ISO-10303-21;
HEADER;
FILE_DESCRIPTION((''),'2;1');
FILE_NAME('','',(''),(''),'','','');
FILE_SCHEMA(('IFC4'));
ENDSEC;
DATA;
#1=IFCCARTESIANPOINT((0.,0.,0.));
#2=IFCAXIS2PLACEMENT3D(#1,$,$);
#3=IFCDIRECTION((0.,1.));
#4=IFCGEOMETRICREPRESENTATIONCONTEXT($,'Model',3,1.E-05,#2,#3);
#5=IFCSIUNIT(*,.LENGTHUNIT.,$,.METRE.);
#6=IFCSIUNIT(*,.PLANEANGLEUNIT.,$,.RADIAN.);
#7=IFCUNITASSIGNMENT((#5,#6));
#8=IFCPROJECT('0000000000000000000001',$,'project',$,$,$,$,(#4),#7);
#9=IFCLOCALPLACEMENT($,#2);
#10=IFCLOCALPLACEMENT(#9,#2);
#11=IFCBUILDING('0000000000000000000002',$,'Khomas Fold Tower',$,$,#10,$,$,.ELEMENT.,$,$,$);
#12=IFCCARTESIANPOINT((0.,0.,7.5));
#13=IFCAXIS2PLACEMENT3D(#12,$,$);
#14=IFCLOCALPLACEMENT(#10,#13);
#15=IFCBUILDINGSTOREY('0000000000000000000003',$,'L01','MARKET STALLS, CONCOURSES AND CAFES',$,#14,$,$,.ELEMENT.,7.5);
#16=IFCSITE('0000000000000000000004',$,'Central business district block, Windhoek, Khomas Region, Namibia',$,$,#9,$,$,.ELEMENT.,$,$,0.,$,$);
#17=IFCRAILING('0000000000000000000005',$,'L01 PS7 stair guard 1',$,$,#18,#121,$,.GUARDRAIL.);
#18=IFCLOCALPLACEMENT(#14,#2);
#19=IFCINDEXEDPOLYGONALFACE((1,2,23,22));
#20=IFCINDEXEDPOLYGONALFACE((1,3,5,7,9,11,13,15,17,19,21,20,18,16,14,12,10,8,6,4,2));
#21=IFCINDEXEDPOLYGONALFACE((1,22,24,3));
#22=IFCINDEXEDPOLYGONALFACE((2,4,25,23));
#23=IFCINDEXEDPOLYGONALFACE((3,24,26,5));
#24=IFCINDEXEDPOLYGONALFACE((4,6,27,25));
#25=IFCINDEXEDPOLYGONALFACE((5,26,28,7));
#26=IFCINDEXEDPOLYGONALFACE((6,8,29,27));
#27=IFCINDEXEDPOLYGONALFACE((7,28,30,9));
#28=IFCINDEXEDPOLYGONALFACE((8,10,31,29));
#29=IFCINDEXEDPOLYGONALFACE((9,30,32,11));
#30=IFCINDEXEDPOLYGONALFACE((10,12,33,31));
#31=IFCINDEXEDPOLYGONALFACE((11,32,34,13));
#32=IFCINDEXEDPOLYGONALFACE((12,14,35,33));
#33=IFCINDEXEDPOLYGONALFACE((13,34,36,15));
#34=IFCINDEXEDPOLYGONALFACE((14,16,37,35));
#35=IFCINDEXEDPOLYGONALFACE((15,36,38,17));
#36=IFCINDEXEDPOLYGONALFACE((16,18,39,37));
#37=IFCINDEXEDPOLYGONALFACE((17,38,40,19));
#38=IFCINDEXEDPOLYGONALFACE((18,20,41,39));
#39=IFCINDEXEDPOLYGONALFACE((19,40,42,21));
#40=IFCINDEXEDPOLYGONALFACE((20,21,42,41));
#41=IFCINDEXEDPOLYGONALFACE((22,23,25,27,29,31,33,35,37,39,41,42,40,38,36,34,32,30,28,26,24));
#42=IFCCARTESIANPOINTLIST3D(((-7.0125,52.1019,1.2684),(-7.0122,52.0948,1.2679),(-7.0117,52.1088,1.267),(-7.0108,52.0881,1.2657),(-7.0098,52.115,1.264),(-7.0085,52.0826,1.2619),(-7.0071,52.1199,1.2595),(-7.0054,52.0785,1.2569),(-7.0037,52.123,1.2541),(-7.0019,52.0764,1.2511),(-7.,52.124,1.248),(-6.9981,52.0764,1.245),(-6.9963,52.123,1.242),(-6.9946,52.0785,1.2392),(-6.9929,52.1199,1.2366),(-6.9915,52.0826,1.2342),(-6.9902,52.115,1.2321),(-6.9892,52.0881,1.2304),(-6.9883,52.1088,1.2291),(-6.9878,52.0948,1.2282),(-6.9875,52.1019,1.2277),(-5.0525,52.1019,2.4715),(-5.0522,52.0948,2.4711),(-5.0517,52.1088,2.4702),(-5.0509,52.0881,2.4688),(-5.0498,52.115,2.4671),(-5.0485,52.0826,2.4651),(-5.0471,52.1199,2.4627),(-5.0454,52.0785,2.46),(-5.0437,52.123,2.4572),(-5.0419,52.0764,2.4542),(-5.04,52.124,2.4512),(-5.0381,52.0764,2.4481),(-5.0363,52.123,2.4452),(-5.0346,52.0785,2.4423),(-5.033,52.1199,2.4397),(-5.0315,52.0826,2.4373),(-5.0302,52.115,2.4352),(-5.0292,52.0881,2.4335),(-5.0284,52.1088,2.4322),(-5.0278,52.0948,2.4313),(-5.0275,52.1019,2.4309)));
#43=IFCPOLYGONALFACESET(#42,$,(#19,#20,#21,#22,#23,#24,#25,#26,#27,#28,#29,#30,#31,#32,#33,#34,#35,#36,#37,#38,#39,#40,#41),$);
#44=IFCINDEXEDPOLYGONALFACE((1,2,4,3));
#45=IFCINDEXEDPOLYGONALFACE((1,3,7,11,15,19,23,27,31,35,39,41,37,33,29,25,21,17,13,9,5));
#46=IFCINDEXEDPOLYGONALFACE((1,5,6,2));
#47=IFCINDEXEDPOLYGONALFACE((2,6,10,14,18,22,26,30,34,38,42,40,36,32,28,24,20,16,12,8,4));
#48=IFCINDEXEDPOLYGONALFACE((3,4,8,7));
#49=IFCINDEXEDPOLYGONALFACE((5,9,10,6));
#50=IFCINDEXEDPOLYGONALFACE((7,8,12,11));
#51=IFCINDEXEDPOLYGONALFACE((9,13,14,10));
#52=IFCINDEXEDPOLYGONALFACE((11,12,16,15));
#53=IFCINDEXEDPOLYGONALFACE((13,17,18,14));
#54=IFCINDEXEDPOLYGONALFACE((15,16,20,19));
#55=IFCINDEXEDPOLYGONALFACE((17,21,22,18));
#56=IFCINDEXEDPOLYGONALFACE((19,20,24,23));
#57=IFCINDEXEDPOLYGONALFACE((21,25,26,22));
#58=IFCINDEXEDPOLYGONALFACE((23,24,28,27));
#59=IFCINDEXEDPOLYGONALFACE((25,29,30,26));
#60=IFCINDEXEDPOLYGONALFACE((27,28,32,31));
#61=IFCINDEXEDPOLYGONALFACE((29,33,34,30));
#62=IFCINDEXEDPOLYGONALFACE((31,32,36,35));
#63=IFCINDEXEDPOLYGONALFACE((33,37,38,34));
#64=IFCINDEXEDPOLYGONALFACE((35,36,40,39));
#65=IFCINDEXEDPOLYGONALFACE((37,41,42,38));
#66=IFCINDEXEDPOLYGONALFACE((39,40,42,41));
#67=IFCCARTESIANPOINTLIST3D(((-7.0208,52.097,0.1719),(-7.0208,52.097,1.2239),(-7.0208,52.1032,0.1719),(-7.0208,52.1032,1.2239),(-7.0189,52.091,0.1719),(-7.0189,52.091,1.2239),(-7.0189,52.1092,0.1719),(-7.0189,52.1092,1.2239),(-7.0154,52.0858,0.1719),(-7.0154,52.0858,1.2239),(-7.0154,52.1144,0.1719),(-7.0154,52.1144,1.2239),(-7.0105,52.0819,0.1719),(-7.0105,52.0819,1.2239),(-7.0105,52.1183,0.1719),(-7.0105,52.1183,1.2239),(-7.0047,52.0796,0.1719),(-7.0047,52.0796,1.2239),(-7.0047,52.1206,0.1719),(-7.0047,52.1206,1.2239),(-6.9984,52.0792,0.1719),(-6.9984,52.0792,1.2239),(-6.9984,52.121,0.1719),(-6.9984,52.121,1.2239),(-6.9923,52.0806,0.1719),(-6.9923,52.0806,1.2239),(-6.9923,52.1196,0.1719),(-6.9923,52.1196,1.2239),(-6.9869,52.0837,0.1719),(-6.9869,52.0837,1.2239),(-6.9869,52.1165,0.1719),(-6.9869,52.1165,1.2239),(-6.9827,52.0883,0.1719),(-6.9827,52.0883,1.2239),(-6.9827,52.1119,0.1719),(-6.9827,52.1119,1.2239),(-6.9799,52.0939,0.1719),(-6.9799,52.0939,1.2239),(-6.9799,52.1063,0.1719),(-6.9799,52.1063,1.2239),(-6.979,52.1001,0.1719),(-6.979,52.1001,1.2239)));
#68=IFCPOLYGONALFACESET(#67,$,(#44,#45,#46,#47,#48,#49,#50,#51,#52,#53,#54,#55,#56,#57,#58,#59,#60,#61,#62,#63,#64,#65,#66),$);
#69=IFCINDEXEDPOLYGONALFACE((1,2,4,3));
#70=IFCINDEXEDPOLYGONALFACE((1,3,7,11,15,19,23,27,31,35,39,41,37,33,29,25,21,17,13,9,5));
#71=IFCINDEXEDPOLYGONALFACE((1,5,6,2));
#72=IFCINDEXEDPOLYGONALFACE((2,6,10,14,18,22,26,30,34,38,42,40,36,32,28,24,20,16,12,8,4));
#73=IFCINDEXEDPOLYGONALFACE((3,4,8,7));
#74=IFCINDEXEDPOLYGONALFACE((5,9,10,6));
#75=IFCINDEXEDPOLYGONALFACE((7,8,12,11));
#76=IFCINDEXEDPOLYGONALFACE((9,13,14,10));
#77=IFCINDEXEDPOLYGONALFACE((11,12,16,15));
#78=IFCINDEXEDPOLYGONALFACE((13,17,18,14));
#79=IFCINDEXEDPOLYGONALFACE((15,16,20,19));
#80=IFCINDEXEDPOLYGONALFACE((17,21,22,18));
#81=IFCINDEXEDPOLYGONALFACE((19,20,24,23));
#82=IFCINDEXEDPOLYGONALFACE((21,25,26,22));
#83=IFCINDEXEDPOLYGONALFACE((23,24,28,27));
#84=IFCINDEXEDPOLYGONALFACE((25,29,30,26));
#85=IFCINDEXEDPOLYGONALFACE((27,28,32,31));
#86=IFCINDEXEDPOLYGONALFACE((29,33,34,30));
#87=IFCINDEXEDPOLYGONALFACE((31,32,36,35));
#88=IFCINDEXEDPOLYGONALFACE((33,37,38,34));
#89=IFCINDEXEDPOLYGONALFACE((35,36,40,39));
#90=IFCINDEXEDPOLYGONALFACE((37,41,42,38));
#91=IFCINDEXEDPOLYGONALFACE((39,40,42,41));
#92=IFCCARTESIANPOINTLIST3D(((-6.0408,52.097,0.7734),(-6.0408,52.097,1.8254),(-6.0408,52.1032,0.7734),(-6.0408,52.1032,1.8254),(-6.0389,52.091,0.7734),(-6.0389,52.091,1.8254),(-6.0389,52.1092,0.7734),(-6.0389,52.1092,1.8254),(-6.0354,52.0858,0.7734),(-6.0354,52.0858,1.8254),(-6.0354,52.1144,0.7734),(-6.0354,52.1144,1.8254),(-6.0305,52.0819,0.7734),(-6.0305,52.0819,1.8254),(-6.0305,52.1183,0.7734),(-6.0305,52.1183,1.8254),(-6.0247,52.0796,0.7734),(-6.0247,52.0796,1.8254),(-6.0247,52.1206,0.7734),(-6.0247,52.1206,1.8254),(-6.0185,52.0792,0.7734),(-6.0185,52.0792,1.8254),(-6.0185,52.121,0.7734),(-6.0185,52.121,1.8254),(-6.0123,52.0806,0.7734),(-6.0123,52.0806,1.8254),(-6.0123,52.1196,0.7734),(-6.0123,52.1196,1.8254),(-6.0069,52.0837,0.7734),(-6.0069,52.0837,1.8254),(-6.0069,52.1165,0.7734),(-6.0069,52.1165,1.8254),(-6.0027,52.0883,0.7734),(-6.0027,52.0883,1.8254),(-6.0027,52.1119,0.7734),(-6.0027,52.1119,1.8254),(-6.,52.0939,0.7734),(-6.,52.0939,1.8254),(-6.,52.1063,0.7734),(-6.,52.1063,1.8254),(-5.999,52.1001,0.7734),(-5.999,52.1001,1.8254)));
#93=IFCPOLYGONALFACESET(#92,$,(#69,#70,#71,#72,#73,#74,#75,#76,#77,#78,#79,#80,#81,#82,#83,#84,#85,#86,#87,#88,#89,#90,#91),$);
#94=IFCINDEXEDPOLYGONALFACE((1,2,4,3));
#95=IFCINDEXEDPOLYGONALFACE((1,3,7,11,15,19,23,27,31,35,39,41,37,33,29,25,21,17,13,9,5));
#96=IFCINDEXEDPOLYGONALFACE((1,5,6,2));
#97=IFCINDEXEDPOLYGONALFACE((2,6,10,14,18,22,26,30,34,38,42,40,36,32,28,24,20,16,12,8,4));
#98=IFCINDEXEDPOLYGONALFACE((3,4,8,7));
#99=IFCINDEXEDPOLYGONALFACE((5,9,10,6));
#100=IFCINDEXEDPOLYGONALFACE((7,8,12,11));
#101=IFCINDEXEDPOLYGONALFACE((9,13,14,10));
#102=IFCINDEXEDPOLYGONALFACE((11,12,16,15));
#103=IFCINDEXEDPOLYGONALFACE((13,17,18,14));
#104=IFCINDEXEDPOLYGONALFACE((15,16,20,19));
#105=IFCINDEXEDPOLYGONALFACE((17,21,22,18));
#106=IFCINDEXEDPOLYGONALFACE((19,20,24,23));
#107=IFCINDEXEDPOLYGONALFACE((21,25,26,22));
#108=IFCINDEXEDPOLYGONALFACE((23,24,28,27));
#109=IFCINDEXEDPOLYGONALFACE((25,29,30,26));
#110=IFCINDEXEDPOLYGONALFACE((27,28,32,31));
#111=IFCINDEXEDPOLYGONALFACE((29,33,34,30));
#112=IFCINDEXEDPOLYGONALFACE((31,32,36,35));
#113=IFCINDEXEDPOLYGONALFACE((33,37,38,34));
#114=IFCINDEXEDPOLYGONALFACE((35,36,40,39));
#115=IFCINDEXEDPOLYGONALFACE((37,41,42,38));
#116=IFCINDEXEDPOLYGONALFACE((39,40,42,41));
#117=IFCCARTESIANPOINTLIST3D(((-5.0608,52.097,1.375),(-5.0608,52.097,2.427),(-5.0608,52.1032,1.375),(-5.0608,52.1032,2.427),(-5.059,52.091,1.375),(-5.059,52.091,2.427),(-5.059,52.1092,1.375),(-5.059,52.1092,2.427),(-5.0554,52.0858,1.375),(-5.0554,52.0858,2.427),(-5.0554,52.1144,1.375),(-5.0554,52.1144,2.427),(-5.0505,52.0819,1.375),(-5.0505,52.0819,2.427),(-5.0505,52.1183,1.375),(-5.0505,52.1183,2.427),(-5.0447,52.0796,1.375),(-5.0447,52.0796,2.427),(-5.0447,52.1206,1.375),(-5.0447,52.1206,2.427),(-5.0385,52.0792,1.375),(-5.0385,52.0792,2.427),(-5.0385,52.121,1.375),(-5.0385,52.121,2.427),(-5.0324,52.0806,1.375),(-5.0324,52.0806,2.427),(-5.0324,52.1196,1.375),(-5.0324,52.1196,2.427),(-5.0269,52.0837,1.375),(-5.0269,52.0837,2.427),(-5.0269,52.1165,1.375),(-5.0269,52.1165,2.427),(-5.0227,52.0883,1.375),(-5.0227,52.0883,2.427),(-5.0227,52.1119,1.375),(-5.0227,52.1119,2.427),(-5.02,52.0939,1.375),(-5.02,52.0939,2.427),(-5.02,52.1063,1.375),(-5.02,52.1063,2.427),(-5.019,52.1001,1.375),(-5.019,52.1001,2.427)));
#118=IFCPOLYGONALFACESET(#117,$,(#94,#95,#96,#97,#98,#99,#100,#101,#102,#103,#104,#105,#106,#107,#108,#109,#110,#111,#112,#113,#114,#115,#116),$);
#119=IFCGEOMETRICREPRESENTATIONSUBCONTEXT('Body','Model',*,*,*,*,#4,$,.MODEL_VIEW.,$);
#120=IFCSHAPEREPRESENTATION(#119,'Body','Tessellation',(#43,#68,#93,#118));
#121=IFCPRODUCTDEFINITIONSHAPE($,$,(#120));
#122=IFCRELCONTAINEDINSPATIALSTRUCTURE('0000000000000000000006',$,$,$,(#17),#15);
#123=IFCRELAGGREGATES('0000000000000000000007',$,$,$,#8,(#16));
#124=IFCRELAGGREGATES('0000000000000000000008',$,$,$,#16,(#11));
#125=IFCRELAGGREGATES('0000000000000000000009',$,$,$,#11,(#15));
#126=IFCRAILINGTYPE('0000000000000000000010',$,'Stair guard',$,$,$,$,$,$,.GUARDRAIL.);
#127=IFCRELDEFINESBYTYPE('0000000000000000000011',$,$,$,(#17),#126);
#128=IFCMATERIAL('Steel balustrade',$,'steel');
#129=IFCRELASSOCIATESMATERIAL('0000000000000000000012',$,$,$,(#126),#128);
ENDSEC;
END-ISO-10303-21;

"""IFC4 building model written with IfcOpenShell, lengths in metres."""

from ifc_helpers import new_model, si_unit, direction, frame, origin, origin_2d, place, context, subcontext, project, spatial, circle, extrude, source, transform, mapped, material, type_object, element, save


model = new_model("IFC4")

# Units and contexts
model_context = context("Model", 3, precision=1e-05, world=origin(), true_north=direction((0.0, 1.0)))
body_context = subcontext(model_context, "Body", "Model", "MODEL_VIEW")
ifc_project = project(units=[si_unit("LENGTHUNIT", "METRE"), si_unit("PLANEANGLEUNIT", "RADIAN")], contexts=[model_context])

# Site, building, storey
site_placement = place(None, origin())
site = spatial("IfcSite", under=ifc_project, at=site_placement, Name="Central business district block, Windhoek, Khomas Region, Namibia", CompositionType="ELEMENT", RefElevation=0.0)
building_placement = place(site_placement, origin())
building = spatial("IfcBuilding", under=site, at=building_placement, Name="Khomas Fold Tower", CompositionType="ELEMENT")
storey_placement = place(building_placement, frame((0.0, 0.0, 7.5)))
storey = spatial("IfcBuildingStorey", under=building, at=storey_placement, Name="L01", Description="MARKET STALLS, CONCOURSES AND CAFES", CompositionType="ELEMENT", Elevation=7.5)

# Railing
ifc_material_1 = material(Name="Steel balustrade", Category="steel")
railing_type_1 = type_object("IfcRailingType", Name="Stair guard", PredefinedType="GUARDRAIL", material=ifc_material_1)
shared_shape_1 = source(origin(), body_context, "Body", "SweptSolid", [
    extrude(circle(Radius=0.0239, at=origin_2d()), frame((0.0, 0.0, 1.0762), z_axis=(0.852241, 0.0, 0.523149), x_axis=(0.0, 1.0, 0.0)), (0.0, 0.0, 1.0), 2.2998),
    extrude(circle(Radius=0.021, at=origin_2d()), origin(), (0.0, 0.0, 1.0), 1.052),
    extrude(circle(Radius=0.021, at=origin_2d()), frame((0.98, 0.0, 0.6016)), (0.0, 0.0, 1.0), 1.052),
    extrude(circle(Radius=0.021, at=origin_2d()), frame((1.96, 0.0, 1.2031)), (0.0, 0.0, 1.0), 1.052),
])
for number, where, name in (
    (1, (-7.0, 52.1001, 0.1719), "L01 PS7 stair guard 1"),
):
    element("IfcRailing", number, at=place(storey_placement, frame(where)), inside=storey, type_object=railing_type_1, Name=name, PredefinedType="GUARDRAIL", context=body_context, shape_type="MappedRepresentation", body=[
        mapped(shared_shape_1, transform((0.0, 0.0, 0.0))),
    ])

save(model, "model.ifc")
